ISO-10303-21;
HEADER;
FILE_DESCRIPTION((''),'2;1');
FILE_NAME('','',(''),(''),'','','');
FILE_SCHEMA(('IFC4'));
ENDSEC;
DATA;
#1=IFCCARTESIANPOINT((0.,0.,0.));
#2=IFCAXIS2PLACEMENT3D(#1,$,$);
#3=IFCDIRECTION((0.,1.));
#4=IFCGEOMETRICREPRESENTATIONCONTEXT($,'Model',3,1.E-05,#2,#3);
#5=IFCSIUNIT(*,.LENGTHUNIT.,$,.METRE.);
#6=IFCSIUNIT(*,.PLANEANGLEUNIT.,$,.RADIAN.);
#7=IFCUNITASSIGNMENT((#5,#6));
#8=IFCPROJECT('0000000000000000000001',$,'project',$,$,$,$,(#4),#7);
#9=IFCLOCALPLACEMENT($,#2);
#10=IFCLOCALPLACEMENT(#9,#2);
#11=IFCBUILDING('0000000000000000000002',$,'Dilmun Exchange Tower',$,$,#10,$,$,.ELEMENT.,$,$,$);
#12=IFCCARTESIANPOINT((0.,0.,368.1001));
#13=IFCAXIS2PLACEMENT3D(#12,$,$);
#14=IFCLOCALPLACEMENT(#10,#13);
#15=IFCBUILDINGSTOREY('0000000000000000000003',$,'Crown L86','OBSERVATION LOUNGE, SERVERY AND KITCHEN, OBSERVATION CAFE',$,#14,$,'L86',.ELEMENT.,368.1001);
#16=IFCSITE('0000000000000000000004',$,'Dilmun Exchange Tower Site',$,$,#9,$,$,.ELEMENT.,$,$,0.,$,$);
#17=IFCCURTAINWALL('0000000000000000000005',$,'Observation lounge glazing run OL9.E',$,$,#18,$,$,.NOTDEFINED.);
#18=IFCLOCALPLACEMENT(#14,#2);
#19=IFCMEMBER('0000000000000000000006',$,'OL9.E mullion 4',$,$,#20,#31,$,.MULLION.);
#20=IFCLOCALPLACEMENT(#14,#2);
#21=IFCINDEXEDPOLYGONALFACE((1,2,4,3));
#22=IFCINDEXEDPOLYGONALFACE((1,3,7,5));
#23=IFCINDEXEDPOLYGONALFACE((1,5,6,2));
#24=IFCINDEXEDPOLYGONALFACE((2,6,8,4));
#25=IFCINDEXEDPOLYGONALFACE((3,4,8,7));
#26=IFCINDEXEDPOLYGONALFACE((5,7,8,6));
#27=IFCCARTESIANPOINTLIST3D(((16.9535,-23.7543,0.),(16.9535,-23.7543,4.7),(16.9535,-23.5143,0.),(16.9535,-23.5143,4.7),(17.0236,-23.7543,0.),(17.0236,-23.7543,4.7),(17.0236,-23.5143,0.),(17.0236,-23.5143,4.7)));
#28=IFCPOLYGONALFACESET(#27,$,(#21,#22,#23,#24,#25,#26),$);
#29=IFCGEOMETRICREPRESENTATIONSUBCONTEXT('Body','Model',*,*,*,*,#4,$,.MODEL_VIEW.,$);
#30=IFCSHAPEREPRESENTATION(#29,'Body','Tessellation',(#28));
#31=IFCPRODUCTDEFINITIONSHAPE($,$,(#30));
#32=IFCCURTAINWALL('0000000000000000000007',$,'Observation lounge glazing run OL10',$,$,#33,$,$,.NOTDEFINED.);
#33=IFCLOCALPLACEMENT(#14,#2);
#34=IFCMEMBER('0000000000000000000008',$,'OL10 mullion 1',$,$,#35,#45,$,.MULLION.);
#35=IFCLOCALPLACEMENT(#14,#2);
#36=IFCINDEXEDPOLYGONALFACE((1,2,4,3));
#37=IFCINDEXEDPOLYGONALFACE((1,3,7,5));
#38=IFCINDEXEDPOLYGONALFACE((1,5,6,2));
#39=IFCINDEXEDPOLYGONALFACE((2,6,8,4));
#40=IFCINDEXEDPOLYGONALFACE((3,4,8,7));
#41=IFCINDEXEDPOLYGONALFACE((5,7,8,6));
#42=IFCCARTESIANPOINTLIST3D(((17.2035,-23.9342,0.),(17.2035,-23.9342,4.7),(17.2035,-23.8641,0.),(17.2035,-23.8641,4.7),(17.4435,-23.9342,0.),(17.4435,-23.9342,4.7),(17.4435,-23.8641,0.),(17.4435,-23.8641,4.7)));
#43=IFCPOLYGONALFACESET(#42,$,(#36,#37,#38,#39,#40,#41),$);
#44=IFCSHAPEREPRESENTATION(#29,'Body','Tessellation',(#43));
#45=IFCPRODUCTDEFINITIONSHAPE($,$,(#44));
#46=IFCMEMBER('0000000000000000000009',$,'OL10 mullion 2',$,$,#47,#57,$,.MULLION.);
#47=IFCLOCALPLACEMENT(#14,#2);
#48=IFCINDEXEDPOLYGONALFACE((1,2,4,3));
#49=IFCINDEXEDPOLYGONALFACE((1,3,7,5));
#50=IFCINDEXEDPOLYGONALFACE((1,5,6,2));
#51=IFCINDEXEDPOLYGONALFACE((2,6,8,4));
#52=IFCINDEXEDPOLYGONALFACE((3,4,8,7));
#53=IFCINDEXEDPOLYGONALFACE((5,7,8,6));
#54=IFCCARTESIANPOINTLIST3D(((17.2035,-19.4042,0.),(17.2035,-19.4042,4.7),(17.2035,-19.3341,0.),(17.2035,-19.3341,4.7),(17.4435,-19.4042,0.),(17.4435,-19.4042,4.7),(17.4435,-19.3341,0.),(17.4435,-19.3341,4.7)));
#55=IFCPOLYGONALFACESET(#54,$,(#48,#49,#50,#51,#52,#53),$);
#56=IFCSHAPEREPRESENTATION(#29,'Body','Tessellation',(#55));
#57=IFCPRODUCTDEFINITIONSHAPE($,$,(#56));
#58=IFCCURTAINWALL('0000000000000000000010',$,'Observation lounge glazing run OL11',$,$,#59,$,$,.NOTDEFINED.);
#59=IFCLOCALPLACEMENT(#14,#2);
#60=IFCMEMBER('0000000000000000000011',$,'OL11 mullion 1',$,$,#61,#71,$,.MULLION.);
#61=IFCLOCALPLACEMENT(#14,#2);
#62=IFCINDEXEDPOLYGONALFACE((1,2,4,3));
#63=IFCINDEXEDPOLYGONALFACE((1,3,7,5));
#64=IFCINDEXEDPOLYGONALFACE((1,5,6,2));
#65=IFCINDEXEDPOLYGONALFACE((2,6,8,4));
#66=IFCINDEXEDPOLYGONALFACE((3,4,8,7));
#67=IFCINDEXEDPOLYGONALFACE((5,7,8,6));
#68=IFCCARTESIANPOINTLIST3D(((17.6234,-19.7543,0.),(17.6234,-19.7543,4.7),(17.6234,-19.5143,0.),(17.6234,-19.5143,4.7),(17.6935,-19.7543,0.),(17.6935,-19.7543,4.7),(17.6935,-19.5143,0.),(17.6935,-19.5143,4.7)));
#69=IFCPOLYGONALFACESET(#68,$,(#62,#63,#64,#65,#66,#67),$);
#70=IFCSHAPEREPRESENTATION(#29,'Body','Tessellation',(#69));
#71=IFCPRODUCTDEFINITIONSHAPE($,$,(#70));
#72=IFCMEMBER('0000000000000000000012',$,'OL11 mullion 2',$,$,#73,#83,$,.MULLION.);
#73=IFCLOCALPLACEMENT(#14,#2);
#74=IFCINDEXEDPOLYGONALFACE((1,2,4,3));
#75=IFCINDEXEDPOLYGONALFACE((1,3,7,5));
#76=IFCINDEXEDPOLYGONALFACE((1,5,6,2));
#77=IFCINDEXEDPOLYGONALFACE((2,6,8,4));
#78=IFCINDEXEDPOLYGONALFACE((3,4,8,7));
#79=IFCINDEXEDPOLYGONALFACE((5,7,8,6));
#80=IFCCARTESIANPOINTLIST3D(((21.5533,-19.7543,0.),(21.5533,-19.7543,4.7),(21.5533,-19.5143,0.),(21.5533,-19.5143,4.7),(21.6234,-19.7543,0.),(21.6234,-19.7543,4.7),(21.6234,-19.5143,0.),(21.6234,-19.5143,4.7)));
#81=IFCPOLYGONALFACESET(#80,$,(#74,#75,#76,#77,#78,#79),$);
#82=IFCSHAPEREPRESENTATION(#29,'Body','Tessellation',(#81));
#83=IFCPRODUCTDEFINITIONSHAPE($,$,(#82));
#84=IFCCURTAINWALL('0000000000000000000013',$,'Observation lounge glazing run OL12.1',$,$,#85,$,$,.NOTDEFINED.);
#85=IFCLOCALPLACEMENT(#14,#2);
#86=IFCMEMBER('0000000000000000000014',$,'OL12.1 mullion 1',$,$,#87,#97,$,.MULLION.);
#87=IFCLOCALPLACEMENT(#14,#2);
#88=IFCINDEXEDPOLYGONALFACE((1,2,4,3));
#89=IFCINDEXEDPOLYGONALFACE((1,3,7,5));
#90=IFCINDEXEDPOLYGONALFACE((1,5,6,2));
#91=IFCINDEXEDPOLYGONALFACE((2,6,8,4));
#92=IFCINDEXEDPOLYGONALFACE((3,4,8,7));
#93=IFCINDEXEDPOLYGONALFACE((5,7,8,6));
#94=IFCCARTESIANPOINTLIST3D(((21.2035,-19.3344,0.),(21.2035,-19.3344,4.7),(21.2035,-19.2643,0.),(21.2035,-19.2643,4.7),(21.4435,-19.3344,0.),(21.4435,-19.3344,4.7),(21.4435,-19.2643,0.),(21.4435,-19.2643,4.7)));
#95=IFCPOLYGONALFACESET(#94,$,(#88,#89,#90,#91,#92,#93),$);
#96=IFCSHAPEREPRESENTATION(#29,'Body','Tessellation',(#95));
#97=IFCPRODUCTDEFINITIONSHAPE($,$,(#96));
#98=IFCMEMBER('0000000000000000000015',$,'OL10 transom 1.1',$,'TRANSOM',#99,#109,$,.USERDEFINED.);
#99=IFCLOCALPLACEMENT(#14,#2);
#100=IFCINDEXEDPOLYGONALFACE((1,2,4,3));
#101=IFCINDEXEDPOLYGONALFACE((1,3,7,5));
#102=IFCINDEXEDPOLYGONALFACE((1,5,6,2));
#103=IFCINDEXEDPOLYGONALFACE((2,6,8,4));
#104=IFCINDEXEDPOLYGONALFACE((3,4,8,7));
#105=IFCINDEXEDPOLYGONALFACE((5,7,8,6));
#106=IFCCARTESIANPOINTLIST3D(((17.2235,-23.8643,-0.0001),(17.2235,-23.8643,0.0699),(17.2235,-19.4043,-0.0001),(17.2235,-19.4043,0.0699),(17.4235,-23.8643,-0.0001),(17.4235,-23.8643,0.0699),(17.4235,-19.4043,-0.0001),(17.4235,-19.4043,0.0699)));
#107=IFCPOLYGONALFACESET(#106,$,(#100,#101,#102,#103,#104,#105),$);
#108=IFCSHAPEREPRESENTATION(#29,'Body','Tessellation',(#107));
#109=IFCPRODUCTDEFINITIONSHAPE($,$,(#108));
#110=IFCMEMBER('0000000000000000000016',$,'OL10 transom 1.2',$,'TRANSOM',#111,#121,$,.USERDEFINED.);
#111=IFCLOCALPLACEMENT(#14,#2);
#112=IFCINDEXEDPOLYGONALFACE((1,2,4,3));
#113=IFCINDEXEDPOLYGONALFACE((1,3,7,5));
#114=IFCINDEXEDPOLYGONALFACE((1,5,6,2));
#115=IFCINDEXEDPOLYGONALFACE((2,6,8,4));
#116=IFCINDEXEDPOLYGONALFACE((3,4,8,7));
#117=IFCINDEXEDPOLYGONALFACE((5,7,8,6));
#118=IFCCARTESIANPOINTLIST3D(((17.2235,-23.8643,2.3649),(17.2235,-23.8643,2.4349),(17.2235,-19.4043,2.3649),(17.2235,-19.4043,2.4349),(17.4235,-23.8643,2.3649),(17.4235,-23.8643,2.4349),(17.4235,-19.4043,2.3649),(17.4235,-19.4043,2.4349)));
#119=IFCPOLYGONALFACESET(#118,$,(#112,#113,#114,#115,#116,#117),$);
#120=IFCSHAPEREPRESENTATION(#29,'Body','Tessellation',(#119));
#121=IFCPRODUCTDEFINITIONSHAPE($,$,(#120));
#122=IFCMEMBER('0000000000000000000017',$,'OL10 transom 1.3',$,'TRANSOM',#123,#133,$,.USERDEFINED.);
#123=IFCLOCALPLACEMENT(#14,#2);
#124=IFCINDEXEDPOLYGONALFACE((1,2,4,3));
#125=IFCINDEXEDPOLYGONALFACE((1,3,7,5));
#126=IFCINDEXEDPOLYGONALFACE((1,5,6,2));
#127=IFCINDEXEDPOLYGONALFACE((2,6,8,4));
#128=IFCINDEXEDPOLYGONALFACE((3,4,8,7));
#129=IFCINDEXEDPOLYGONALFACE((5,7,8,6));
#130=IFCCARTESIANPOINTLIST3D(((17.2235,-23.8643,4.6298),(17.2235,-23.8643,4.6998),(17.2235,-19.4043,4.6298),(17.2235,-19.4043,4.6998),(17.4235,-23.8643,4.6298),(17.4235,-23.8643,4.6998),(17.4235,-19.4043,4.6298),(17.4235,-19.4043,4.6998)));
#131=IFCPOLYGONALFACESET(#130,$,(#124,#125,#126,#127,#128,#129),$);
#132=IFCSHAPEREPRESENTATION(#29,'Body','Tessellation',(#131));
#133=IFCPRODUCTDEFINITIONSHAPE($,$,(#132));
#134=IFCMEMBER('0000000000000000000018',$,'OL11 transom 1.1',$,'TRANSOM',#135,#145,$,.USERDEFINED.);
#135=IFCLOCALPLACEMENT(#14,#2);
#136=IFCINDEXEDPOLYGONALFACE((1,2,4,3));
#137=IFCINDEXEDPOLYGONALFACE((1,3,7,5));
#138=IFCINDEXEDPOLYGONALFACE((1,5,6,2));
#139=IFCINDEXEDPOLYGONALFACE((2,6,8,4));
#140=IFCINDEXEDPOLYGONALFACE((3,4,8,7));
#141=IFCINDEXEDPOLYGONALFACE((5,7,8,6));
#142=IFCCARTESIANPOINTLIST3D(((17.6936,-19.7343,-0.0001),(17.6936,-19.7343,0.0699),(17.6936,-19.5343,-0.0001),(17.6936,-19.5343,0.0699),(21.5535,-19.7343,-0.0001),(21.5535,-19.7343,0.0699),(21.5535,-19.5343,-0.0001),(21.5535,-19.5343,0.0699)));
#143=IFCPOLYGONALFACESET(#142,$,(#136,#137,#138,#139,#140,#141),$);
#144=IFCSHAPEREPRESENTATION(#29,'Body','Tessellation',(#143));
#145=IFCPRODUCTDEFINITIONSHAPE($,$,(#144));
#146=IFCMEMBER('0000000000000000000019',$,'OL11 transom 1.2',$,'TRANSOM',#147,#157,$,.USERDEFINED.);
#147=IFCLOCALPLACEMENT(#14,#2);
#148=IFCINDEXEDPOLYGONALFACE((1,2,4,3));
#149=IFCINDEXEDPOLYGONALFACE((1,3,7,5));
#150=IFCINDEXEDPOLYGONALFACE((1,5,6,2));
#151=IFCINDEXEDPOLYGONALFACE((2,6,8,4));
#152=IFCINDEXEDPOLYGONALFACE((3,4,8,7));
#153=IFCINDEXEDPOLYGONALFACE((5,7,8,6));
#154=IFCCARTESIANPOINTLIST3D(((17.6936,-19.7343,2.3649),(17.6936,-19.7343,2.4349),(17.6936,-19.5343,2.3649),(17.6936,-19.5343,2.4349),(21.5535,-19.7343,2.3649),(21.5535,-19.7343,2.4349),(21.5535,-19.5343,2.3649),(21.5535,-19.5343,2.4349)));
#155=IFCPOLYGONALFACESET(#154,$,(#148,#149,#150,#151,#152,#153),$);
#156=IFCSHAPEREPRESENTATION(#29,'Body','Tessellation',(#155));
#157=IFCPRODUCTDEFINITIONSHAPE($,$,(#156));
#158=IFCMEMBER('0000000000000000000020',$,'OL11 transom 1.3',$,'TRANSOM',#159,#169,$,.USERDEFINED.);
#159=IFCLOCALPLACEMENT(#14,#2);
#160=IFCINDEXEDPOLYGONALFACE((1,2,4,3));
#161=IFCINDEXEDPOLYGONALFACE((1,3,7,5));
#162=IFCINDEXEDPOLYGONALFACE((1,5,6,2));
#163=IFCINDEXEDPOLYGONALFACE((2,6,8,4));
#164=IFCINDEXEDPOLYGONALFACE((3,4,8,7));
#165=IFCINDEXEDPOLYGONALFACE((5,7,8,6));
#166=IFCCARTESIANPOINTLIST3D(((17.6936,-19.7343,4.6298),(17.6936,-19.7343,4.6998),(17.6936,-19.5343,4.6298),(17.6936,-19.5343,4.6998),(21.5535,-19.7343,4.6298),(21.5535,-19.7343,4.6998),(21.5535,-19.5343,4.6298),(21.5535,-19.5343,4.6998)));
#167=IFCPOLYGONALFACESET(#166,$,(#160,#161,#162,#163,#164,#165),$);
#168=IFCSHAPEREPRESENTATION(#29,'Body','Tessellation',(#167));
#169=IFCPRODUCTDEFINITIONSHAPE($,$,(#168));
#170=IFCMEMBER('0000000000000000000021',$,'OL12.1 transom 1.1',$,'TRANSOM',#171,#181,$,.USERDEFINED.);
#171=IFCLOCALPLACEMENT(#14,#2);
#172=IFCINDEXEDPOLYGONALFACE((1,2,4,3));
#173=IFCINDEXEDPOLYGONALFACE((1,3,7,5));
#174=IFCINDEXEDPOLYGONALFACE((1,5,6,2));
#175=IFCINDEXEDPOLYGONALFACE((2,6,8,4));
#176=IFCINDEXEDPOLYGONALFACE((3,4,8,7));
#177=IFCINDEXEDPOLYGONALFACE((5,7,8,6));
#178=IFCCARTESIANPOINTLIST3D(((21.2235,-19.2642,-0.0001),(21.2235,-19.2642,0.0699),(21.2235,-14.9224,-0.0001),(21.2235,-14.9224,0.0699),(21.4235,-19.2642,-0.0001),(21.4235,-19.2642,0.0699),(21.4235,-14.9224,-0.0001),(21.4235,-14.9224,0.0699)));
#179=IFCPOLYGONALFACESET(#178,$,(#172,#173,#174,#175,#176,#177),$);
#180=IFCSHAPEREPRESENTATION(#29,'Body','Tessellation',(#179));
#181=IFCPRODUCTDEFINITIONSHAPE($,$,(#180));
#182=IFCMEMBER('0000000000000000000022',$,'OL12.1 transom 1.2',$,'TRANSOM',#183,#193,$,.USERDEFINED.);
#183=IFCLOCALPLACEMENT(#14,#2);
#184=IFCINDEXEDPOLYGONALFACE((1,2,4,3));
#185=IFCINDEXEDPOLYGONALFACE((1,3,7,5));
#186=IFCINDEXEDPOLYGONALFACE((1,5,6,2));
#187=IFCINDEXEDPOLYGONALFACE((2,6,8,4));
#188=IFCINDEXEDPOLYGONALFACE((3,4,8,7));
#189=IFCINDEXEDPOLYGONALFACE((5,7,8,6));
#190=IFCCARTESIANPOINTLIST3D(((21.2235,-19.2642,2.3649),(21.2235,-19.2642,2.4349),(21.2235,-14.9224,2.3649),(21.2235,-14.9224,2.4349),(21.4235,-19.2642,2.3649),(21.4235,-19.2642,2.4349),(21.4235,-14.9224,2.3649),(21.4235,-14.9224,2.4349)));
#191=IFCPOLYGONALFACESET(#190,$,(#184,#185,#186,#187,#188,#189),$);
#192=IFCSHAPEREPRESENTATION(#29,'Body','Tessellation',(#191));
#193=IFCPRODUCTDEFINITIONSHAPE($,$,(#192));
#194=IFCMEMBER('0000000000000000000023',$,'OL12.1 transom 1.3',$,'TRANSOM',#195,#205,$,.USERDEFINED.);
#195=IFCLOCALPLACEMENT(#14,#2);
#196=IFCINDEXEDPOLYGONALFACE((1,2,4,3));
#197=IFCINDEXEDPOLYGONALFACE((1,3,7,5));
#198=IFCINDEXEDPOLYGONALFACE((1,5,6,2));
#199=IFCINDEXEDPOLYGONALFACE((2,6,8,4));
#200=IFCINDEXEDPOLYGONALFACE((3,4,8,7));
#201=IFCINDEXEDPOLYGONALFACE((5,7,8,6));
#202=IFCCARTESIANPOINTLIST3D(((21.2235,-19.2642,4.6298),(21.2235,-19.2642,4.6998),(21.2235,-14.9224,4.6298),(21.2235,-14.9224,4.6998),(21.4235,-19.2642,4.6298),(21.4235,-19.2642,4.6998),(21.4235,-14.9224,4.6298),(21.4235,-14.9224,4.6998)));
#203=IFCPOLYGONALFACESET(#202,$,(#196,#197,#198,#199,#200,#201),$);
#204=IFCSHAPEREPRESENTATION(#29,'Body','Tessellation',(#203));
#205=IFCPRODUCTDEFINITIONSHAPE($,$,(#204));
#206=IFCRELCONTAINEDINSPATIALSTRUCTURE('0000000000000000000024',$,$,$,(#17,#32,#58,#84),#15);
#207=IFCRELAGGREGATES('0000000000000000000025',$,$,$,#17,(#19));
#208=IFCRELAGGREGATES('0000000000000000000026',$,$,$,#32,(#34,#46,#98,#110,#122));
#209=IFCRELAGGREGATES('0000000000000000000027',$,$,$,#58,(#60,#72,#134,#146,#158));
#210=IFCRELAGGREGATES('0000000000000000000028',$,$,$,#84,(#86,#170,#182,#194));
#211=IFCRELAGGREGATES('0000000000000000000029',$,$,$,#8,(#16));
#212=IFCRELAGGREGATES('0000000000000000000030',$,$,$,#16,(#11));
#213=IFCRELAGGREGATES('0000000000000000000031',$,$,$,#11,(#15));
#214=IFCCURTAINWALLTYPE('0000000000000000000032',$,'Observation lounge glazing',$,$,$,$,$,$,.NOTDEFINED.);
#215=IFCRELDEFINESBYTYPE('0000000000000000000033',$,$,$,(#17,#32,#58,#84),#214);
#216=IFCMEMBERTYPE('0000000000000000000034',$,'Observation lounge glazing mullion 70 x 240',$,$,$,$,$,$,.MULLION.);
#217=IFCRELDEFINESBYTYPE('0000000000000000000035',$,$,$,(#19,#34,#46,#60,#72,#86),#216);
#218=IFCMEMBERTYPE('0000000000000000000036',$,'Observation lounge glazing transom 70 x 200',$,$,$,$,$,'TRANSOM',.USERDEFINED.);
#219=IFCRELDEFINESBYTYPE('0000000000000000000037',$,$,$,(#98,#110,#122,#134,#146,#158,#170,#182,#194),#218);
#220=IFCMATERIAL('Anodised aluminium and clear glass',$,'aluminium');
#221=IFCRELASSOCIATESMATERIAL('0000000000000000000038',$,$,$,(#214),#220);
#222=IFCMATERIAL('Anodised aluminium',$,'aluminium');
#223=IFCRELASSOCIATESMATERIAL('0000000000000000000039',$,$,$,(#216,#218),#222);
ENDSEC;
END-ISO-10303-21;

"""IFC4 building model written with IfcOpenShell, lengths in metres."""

from ifc_helpers import new_model, si_unit, direction, frame, origin, origin_2d, place, context, subcontext, project, spatial, rectangle, extrude, material, material_profile, profile_set, type_object, element, aggregate, save


model = new_model("IFC4")

# Units and contexts
model_context = context("Model", 3, precision=1e-05, world=origin(), true_north=direction((0.0, 1.0)))
body_context = subcontext(model_context, "Body", "Model", "MODEL_VIEW")
ifc_project = project(units=[si_unit("LENGTHUNIT", "METRE"), si_unit("PLANEANGLEUNIT", "RADIAN")], contexts=[model_context])

# Site, building, storey
site_placement = place(None, origin())
site = spatial("IfcSite", under=ifc_project, at=site_placement, Name="Dilmun Exchange Tower Site", CompositionType="ELEMENT", RefElevation=0.0)
building_placement = place(site_placement, origin())
building = spatial("IfcBuilding", under=site, at=building_placement, Name="Dilmun Exchange Tower", CompositionType="ELEMENT")
storey_placement = place(building_placement, frame((0.0, 0.0, 368.1001)))
storey = spatial("IfcBuildingStorey", under=building, at=storey_placement, Name="Crown L86", Description="OBSERVATION LOUNGE, SERVERY AND KITCHEN, OBSERVATION CAFE", LongName="L86", CompositionType="ELEMENT", Elevation=368.1001)

# Curtain wall, member
ifc_material_1 = material(Name="Anodised aluminium and clear glass", Category="aluminium")
curtain_wall_type = type_object("IfcCurtainWallType", Name="Observation lounge glazing", PredefinedType="NOTDEFINED", material=ifc_material_1)
curtain_wall_1_placement = place(storey_placement, origin())
curtain_wall_1 = element("IfcCurtainWall", 1, at=curtain_wall_1_placement, inside=storey, type_object=curtain_wall_type, Name="Observation lounge glazing run OL9.E", PredefinedType="NOTDEFINED")
ifc_material_2 = material(Name="Anodised aluminium", Category="aluminium")
ifc_material_profile_1 = material_profile(ifc_material_2, rectangle(XDim=0.24, YDim=0.0701, at=origin_2d()), Name="AL 70x240")
ifc_profile_set_1 = profile_set([ifc_material_profile_1], Name="Anodised aluminium")
member_type_1 = type_object("IfcMemberType", Name="Observation lounge glazing mullion 70 x 240", PredefinedType="MULLION", material=ifc_profile_set_1)
member_1_placement = place(storey_placement, frame((16.9885, -23.6343, 0.0), z_axis=(0.0, 0.0, 1.0), x_axis=(0.0, 1.0, 0.0)))
member_1 = element("IfcMember", 2, at=member_1_placement, type_object=member_type_1, Name="OL9.E mullion 4", PredefinedType="MULLION", context=body_context, shape_type="SweptSolid", body=[
    extrude(rectangle(XDim=0.24, YDim=0.0701, at=origin_2d()), origin(), (0.0, 0.0, 1.0), 4.7),
])

# Curtain walls, members
curtain_wall_2_placement = place(storey_placement, origin())
curtain_wall_2 = element("IfcCurtainWall", 3, at=curtain_wall_2_placement, inside=storey, type_object=curtain_wall_type, Name="Observation lounge glazing run OL10", PredefinedType="NOTDEFINED")
member_2_placement = place(storey_placement, frame((17.3235, -23.8992, 0.0), z_axis=(0.0, 0.0, 1.0), x_axis=(-1.0, 0.0, 0.0)))
member_2 = element("IfcMember", 4, at=member_2_placement, type_object=member_type_1, Name="OL10 mullion 1", PredefinedType="MULLION", context=body_context, shape_type="SweptSolid", body=[
    extrude(rectangle(XDim=0.24, YDim=0.0701, at=origin_2d()), origin(), (0.0, 0.0, 1.0), 4.7),
])
member_3_placement = place(storey_placement, frame((17.3235, -19.3691, 0.0), z_axis=(0.0, 0.0, 1.0), x_axis=(-1.0, 0.0, 0.0)))
member_3 = element("IfcMember", 5, at=member_3_placement, type_object=member_type_1, Name="OL10 mullion 2", PredefinedType="MULLION", context=body_context, shape_type="SweptSolid", body=[
    extrude(rectangle(XDim=0.24, YDim=0.0701, at=origin_2d()), origin(), (0.0, 0.0, 1.0), 4.7),
])
curtain_wall_3_placement = place(storey_placement, origin())
curtain_wall_3 = element("IfcCurtainWall", 6, at=curtain_wall_3_placement, inside=storey, type_object=curtain_wall_type, Name="Observation lounge glazing run OL11", PredefinedType="NOTDEFINED")
member_4_placement = place(storey_placement, frame((17.6584, -19.6343, 0.0), z_axis=(0.0, 0.0, 1.0), x_axis=(0.0, 1.0, 0.0)))
member_4 = element("IfcMember", 7, at=member_4_placement, type_object=member_type_1, Name="OL11 mullion 1", PredefinedType="MULLION", context=body_context, shape_type="SweptSolid", body=[
    extrude(rectangle(XDim=0.24, YDim=0.0701, at=origin_2d()), origin(), (0.0, 0.0, 1.0), 4.7),
])
member_5_placement = place(storey_placement, frame((21.5884, -19.6343, 0.0), z_axis=(0.0, 0.0, 1.0), x_axis=(0.0, 1.0, 0.0)))
member_5 = element("IfcMember", 8, at=member_5_placement, type_object=member_type_1, Name="OL11 mullion 2", PredefinedType="MULLION", context=body_context, shape_type="SweptSolid", body=[
    extrude(rectangle(XDim=0.24, YDim=0.0701, at=origin_2d()), origin(), (0.0, 0.0, 1.0), 4.7),
])

# Curtain wall, member
curtain_wall_4_placement = place(storey_placement, origin())
curtain_wall_4 = element("IfcCurtainWall", 9, at=curtain_wall_4_placement, inside=storey, type_object=curtain_wall_type, Name="Observation lounge glazing run OL12.1", PredefinedType="NOTDEFINED")
member_6_placement = place(storey_placement, frame((21.3235, -19.2993, 0.0), z_axis=(0.0, 0.0, 1.0), x_axis=(-1.0, 0.0, 0.0)))
member_6 = element("IfcMember", 10, at=member_6_placement, type_object=member_type_1, Name="OL12.1 mullion 1", PredefinedType="MULLION", context=body_context, shape_type="SweptSolid", body=[
    extrude(rectangle(XDim=0.24, YDim=0.0701, at=origin_2d()), origin(), (0.0, 0.0, 1.0), 4.7),
])

# Members
ifc_material_profile_2 = material_profile(ifc_material_2, rectangle(XDim=0.2, YDim=0.0701, at=origin_2d()), Name="AL 70x200")
ifc_profile_set_2 = profile_set([ifc_material_profile_2], Name="Anodised aluminium")
member_type_2 = type_object("IfcMemberType", Name="Observation lounge glazing transom 70 x 200", ElementType="TRANSOM", PredefinedType="USERDEFINED", material=ifc_profile_set_2)
member_7_placement = place(storey_placement, frame((17.3235, -23.8643, 0.0349), z_axis=(0.0, 1.0, 0.0), x_axis=(-1.0, 0.0, 0.0)))
member_7 = element("IfcMember", 11, at=member_7_placement, type_object=member_type_2, Name="OL10 transom 1.1", ObjectType="TRANSOM", PredefinedType="USERDEFINED", context=body_context, shape_type="SweptSolid", body=[
    extrude(rectangle(XDim=0.2, YDim=0.0701, at=origin_2d()), origin(), (0.0, 0.0, 1.0), 4.46),
])
member_8_placement = place(storey_placement, frame((17.3235, -23.8643, 2.3999), z_axis=(0.0, 1.0, 0.0), x_axis=(-1.0, 0.0, 0.0)))
member_8 = element("IfcMember", 12, at=member_8_placement, type_object=member_type_2, Name="OL10 transom 1.2", ObjectType="TRANSOM", PredefinedType="USERDEFINED", context=body_context, shape_type="SweptSolid", body=[
    extrude(rectangle(XDim=0.2, YDim=0.0701, at=origin_2d()), origin(), (0.0, 0.0, 1.0), 4.46),
])
member_9_placement = place(storey_placement, frame((17.3235, -23.8643, 4.6648), z_axis=(0.0, 1.0, 0.0), x_axis=(-1.0, 0.0, 0.0)))
member_9 = element("IfcMember", 13, at=member_9_placement, type_object=member_type_2, Name="OL10 transom 1.3", ObjectType="TRANSOM", PredefinedType="USERDEFINED", context=body_context, shape_type="SweptSolid", body=[
    extrude(rectangle(XDim=0.2, YDim=0.0701, at=origin_2d()), origin(), (0.0, 0.0, 1.0), 4.46),
])
member_10_placement = place(storey_placement, frame((17.6936, -19.6343, 0.0349), z_axis=(1.0, 0.0, 0.0), x_axis=(0.0, 1.0, 0.0)))
member_10 = element("IfcMember", 14, at=member_10_placement, type_object=member_type_2, Name="OL11 transom 1.1", ObjectType="TRANSOM", PredefinedType="USERDEFINED", context=body_context, shape_type="SweptSolid", body=[
    extrude(rectangle(XDim=0.2, YDim=0.0701, at=origin_2d()), origin(), (0.0, 0.0, 1.0), 3.8599),
])
member_11_placement = place(storey_placement, frame((17.6936, -19.6343, 2.3999), z_axis=(1.0, 0.0, 0.0), x_axis=(0.0, 1.0, 0.0)))
member_11 = element("IfcMember", 15, at=member_11_placement, type_object=member_type_2, Name="OL11 transom 1.2", ObjectType="TRANSOM", PredefinedType="USERDEFINED", context=body_context, shape_type="SweptSolid", body=[
    extrude(rectangle(XDim=0.2, YDim=0.0701, at=origin_2d()), origin(), (0.0, 0.0, 1.0), 3.8599),
])
member_12_placement = place(storey_placement, frame((17.6936, -19.6343, 4.6648), z_axis=(1.0, 0.0, 0.0), x_axis=(0.0, 1.0, 0.0)))
member_12 = element("IfcMember", 16, at=member_12_placement, type_object=member_type_2, Name="OL11 transom 1.3", ObjectType="TRANSOM", PredefinedType="USERDEFINED", context=body_context, shape_type="SweptSolid", body=[
    extrude(rectangle(XDim=0.2, YDim=0.0701, at=origin_2d()), origin(), (0.0, 0.0, 1.0), 3.8599),
])
member_13_placement = place(storey_placement, frame((21.3235, -19.2642, 0.0349), z_axis=(0.0, 1.0, 0.0), x_axis=(-1.0, 0.0, 0.0)))
member_13 = element("IfcMember", 17, at=member_13_placement, type_object=member_type_2, Name="OL12.1 transom 1.1", ObjectType="TRANSOM", PredefinedType="USERDEFINED", context=body_context, shape_type="SweptSolid", body=[
    extrude(rectangle(XDim=0.2, YDim=0.0701, at=origin_2d()), origin(), (0.0, 0.0, 1.0), 4.3418),
])
member_14_placement = place(storey_placement, frame((21.3235, -19.2642, 2.3999), z_axis=(0.0, 1.0, 0.0), x_axis=(-1.0, 0.0, 0.0)))
member_14 = element("IfcMember", 18, at=member_14_placement, type_object=member_type_2, Name="OL12.1 transom 1.2", ObjectType="TRANSOM", PredefinedType="USERDEFINED", context=body_context, shape_type="SweptSolid", body=[
    extrude(rectangle(XDim=0.2, YDim=0.0701, at=origin_2d()), origin(), (0.0, 0.0, 1.0), 4.3418),
])
member_15_placement = place(storey_placement, frame((21.3235, -19.2642, 4.6648), z_axis=(0.0, 1.0, 0.0), x_axis=(-1.0, 0.0, 0.0)))
member_15 = element("IfcMember", 19, at=member_15_placement, type_object=member_type_2, Name="OL12.1 transom 1.3", ObjectType="TRANSOM", PredefinedType="USERDEFINED", context=body_context, shape_type="SweptSolid", body=[
    extrude(rectangle(XDim=0.2, YDim=0.0701, at=origin_2d()), origin(), (0.0, 0.0, 1.0), 4.3418),
])

aggregate(curtain_wall_1, [member_1])
aggregate(curtain_wall_2, [member_2, member_3, member_7, member_8, member_9])
aggregate(curtain_wall_3, [member_4, member_5, member_10, member_11, member_12])
aggregate(curtain_wall_4, [member_6, member_13, member_14, member_15])

save(model, "model.ifc")
